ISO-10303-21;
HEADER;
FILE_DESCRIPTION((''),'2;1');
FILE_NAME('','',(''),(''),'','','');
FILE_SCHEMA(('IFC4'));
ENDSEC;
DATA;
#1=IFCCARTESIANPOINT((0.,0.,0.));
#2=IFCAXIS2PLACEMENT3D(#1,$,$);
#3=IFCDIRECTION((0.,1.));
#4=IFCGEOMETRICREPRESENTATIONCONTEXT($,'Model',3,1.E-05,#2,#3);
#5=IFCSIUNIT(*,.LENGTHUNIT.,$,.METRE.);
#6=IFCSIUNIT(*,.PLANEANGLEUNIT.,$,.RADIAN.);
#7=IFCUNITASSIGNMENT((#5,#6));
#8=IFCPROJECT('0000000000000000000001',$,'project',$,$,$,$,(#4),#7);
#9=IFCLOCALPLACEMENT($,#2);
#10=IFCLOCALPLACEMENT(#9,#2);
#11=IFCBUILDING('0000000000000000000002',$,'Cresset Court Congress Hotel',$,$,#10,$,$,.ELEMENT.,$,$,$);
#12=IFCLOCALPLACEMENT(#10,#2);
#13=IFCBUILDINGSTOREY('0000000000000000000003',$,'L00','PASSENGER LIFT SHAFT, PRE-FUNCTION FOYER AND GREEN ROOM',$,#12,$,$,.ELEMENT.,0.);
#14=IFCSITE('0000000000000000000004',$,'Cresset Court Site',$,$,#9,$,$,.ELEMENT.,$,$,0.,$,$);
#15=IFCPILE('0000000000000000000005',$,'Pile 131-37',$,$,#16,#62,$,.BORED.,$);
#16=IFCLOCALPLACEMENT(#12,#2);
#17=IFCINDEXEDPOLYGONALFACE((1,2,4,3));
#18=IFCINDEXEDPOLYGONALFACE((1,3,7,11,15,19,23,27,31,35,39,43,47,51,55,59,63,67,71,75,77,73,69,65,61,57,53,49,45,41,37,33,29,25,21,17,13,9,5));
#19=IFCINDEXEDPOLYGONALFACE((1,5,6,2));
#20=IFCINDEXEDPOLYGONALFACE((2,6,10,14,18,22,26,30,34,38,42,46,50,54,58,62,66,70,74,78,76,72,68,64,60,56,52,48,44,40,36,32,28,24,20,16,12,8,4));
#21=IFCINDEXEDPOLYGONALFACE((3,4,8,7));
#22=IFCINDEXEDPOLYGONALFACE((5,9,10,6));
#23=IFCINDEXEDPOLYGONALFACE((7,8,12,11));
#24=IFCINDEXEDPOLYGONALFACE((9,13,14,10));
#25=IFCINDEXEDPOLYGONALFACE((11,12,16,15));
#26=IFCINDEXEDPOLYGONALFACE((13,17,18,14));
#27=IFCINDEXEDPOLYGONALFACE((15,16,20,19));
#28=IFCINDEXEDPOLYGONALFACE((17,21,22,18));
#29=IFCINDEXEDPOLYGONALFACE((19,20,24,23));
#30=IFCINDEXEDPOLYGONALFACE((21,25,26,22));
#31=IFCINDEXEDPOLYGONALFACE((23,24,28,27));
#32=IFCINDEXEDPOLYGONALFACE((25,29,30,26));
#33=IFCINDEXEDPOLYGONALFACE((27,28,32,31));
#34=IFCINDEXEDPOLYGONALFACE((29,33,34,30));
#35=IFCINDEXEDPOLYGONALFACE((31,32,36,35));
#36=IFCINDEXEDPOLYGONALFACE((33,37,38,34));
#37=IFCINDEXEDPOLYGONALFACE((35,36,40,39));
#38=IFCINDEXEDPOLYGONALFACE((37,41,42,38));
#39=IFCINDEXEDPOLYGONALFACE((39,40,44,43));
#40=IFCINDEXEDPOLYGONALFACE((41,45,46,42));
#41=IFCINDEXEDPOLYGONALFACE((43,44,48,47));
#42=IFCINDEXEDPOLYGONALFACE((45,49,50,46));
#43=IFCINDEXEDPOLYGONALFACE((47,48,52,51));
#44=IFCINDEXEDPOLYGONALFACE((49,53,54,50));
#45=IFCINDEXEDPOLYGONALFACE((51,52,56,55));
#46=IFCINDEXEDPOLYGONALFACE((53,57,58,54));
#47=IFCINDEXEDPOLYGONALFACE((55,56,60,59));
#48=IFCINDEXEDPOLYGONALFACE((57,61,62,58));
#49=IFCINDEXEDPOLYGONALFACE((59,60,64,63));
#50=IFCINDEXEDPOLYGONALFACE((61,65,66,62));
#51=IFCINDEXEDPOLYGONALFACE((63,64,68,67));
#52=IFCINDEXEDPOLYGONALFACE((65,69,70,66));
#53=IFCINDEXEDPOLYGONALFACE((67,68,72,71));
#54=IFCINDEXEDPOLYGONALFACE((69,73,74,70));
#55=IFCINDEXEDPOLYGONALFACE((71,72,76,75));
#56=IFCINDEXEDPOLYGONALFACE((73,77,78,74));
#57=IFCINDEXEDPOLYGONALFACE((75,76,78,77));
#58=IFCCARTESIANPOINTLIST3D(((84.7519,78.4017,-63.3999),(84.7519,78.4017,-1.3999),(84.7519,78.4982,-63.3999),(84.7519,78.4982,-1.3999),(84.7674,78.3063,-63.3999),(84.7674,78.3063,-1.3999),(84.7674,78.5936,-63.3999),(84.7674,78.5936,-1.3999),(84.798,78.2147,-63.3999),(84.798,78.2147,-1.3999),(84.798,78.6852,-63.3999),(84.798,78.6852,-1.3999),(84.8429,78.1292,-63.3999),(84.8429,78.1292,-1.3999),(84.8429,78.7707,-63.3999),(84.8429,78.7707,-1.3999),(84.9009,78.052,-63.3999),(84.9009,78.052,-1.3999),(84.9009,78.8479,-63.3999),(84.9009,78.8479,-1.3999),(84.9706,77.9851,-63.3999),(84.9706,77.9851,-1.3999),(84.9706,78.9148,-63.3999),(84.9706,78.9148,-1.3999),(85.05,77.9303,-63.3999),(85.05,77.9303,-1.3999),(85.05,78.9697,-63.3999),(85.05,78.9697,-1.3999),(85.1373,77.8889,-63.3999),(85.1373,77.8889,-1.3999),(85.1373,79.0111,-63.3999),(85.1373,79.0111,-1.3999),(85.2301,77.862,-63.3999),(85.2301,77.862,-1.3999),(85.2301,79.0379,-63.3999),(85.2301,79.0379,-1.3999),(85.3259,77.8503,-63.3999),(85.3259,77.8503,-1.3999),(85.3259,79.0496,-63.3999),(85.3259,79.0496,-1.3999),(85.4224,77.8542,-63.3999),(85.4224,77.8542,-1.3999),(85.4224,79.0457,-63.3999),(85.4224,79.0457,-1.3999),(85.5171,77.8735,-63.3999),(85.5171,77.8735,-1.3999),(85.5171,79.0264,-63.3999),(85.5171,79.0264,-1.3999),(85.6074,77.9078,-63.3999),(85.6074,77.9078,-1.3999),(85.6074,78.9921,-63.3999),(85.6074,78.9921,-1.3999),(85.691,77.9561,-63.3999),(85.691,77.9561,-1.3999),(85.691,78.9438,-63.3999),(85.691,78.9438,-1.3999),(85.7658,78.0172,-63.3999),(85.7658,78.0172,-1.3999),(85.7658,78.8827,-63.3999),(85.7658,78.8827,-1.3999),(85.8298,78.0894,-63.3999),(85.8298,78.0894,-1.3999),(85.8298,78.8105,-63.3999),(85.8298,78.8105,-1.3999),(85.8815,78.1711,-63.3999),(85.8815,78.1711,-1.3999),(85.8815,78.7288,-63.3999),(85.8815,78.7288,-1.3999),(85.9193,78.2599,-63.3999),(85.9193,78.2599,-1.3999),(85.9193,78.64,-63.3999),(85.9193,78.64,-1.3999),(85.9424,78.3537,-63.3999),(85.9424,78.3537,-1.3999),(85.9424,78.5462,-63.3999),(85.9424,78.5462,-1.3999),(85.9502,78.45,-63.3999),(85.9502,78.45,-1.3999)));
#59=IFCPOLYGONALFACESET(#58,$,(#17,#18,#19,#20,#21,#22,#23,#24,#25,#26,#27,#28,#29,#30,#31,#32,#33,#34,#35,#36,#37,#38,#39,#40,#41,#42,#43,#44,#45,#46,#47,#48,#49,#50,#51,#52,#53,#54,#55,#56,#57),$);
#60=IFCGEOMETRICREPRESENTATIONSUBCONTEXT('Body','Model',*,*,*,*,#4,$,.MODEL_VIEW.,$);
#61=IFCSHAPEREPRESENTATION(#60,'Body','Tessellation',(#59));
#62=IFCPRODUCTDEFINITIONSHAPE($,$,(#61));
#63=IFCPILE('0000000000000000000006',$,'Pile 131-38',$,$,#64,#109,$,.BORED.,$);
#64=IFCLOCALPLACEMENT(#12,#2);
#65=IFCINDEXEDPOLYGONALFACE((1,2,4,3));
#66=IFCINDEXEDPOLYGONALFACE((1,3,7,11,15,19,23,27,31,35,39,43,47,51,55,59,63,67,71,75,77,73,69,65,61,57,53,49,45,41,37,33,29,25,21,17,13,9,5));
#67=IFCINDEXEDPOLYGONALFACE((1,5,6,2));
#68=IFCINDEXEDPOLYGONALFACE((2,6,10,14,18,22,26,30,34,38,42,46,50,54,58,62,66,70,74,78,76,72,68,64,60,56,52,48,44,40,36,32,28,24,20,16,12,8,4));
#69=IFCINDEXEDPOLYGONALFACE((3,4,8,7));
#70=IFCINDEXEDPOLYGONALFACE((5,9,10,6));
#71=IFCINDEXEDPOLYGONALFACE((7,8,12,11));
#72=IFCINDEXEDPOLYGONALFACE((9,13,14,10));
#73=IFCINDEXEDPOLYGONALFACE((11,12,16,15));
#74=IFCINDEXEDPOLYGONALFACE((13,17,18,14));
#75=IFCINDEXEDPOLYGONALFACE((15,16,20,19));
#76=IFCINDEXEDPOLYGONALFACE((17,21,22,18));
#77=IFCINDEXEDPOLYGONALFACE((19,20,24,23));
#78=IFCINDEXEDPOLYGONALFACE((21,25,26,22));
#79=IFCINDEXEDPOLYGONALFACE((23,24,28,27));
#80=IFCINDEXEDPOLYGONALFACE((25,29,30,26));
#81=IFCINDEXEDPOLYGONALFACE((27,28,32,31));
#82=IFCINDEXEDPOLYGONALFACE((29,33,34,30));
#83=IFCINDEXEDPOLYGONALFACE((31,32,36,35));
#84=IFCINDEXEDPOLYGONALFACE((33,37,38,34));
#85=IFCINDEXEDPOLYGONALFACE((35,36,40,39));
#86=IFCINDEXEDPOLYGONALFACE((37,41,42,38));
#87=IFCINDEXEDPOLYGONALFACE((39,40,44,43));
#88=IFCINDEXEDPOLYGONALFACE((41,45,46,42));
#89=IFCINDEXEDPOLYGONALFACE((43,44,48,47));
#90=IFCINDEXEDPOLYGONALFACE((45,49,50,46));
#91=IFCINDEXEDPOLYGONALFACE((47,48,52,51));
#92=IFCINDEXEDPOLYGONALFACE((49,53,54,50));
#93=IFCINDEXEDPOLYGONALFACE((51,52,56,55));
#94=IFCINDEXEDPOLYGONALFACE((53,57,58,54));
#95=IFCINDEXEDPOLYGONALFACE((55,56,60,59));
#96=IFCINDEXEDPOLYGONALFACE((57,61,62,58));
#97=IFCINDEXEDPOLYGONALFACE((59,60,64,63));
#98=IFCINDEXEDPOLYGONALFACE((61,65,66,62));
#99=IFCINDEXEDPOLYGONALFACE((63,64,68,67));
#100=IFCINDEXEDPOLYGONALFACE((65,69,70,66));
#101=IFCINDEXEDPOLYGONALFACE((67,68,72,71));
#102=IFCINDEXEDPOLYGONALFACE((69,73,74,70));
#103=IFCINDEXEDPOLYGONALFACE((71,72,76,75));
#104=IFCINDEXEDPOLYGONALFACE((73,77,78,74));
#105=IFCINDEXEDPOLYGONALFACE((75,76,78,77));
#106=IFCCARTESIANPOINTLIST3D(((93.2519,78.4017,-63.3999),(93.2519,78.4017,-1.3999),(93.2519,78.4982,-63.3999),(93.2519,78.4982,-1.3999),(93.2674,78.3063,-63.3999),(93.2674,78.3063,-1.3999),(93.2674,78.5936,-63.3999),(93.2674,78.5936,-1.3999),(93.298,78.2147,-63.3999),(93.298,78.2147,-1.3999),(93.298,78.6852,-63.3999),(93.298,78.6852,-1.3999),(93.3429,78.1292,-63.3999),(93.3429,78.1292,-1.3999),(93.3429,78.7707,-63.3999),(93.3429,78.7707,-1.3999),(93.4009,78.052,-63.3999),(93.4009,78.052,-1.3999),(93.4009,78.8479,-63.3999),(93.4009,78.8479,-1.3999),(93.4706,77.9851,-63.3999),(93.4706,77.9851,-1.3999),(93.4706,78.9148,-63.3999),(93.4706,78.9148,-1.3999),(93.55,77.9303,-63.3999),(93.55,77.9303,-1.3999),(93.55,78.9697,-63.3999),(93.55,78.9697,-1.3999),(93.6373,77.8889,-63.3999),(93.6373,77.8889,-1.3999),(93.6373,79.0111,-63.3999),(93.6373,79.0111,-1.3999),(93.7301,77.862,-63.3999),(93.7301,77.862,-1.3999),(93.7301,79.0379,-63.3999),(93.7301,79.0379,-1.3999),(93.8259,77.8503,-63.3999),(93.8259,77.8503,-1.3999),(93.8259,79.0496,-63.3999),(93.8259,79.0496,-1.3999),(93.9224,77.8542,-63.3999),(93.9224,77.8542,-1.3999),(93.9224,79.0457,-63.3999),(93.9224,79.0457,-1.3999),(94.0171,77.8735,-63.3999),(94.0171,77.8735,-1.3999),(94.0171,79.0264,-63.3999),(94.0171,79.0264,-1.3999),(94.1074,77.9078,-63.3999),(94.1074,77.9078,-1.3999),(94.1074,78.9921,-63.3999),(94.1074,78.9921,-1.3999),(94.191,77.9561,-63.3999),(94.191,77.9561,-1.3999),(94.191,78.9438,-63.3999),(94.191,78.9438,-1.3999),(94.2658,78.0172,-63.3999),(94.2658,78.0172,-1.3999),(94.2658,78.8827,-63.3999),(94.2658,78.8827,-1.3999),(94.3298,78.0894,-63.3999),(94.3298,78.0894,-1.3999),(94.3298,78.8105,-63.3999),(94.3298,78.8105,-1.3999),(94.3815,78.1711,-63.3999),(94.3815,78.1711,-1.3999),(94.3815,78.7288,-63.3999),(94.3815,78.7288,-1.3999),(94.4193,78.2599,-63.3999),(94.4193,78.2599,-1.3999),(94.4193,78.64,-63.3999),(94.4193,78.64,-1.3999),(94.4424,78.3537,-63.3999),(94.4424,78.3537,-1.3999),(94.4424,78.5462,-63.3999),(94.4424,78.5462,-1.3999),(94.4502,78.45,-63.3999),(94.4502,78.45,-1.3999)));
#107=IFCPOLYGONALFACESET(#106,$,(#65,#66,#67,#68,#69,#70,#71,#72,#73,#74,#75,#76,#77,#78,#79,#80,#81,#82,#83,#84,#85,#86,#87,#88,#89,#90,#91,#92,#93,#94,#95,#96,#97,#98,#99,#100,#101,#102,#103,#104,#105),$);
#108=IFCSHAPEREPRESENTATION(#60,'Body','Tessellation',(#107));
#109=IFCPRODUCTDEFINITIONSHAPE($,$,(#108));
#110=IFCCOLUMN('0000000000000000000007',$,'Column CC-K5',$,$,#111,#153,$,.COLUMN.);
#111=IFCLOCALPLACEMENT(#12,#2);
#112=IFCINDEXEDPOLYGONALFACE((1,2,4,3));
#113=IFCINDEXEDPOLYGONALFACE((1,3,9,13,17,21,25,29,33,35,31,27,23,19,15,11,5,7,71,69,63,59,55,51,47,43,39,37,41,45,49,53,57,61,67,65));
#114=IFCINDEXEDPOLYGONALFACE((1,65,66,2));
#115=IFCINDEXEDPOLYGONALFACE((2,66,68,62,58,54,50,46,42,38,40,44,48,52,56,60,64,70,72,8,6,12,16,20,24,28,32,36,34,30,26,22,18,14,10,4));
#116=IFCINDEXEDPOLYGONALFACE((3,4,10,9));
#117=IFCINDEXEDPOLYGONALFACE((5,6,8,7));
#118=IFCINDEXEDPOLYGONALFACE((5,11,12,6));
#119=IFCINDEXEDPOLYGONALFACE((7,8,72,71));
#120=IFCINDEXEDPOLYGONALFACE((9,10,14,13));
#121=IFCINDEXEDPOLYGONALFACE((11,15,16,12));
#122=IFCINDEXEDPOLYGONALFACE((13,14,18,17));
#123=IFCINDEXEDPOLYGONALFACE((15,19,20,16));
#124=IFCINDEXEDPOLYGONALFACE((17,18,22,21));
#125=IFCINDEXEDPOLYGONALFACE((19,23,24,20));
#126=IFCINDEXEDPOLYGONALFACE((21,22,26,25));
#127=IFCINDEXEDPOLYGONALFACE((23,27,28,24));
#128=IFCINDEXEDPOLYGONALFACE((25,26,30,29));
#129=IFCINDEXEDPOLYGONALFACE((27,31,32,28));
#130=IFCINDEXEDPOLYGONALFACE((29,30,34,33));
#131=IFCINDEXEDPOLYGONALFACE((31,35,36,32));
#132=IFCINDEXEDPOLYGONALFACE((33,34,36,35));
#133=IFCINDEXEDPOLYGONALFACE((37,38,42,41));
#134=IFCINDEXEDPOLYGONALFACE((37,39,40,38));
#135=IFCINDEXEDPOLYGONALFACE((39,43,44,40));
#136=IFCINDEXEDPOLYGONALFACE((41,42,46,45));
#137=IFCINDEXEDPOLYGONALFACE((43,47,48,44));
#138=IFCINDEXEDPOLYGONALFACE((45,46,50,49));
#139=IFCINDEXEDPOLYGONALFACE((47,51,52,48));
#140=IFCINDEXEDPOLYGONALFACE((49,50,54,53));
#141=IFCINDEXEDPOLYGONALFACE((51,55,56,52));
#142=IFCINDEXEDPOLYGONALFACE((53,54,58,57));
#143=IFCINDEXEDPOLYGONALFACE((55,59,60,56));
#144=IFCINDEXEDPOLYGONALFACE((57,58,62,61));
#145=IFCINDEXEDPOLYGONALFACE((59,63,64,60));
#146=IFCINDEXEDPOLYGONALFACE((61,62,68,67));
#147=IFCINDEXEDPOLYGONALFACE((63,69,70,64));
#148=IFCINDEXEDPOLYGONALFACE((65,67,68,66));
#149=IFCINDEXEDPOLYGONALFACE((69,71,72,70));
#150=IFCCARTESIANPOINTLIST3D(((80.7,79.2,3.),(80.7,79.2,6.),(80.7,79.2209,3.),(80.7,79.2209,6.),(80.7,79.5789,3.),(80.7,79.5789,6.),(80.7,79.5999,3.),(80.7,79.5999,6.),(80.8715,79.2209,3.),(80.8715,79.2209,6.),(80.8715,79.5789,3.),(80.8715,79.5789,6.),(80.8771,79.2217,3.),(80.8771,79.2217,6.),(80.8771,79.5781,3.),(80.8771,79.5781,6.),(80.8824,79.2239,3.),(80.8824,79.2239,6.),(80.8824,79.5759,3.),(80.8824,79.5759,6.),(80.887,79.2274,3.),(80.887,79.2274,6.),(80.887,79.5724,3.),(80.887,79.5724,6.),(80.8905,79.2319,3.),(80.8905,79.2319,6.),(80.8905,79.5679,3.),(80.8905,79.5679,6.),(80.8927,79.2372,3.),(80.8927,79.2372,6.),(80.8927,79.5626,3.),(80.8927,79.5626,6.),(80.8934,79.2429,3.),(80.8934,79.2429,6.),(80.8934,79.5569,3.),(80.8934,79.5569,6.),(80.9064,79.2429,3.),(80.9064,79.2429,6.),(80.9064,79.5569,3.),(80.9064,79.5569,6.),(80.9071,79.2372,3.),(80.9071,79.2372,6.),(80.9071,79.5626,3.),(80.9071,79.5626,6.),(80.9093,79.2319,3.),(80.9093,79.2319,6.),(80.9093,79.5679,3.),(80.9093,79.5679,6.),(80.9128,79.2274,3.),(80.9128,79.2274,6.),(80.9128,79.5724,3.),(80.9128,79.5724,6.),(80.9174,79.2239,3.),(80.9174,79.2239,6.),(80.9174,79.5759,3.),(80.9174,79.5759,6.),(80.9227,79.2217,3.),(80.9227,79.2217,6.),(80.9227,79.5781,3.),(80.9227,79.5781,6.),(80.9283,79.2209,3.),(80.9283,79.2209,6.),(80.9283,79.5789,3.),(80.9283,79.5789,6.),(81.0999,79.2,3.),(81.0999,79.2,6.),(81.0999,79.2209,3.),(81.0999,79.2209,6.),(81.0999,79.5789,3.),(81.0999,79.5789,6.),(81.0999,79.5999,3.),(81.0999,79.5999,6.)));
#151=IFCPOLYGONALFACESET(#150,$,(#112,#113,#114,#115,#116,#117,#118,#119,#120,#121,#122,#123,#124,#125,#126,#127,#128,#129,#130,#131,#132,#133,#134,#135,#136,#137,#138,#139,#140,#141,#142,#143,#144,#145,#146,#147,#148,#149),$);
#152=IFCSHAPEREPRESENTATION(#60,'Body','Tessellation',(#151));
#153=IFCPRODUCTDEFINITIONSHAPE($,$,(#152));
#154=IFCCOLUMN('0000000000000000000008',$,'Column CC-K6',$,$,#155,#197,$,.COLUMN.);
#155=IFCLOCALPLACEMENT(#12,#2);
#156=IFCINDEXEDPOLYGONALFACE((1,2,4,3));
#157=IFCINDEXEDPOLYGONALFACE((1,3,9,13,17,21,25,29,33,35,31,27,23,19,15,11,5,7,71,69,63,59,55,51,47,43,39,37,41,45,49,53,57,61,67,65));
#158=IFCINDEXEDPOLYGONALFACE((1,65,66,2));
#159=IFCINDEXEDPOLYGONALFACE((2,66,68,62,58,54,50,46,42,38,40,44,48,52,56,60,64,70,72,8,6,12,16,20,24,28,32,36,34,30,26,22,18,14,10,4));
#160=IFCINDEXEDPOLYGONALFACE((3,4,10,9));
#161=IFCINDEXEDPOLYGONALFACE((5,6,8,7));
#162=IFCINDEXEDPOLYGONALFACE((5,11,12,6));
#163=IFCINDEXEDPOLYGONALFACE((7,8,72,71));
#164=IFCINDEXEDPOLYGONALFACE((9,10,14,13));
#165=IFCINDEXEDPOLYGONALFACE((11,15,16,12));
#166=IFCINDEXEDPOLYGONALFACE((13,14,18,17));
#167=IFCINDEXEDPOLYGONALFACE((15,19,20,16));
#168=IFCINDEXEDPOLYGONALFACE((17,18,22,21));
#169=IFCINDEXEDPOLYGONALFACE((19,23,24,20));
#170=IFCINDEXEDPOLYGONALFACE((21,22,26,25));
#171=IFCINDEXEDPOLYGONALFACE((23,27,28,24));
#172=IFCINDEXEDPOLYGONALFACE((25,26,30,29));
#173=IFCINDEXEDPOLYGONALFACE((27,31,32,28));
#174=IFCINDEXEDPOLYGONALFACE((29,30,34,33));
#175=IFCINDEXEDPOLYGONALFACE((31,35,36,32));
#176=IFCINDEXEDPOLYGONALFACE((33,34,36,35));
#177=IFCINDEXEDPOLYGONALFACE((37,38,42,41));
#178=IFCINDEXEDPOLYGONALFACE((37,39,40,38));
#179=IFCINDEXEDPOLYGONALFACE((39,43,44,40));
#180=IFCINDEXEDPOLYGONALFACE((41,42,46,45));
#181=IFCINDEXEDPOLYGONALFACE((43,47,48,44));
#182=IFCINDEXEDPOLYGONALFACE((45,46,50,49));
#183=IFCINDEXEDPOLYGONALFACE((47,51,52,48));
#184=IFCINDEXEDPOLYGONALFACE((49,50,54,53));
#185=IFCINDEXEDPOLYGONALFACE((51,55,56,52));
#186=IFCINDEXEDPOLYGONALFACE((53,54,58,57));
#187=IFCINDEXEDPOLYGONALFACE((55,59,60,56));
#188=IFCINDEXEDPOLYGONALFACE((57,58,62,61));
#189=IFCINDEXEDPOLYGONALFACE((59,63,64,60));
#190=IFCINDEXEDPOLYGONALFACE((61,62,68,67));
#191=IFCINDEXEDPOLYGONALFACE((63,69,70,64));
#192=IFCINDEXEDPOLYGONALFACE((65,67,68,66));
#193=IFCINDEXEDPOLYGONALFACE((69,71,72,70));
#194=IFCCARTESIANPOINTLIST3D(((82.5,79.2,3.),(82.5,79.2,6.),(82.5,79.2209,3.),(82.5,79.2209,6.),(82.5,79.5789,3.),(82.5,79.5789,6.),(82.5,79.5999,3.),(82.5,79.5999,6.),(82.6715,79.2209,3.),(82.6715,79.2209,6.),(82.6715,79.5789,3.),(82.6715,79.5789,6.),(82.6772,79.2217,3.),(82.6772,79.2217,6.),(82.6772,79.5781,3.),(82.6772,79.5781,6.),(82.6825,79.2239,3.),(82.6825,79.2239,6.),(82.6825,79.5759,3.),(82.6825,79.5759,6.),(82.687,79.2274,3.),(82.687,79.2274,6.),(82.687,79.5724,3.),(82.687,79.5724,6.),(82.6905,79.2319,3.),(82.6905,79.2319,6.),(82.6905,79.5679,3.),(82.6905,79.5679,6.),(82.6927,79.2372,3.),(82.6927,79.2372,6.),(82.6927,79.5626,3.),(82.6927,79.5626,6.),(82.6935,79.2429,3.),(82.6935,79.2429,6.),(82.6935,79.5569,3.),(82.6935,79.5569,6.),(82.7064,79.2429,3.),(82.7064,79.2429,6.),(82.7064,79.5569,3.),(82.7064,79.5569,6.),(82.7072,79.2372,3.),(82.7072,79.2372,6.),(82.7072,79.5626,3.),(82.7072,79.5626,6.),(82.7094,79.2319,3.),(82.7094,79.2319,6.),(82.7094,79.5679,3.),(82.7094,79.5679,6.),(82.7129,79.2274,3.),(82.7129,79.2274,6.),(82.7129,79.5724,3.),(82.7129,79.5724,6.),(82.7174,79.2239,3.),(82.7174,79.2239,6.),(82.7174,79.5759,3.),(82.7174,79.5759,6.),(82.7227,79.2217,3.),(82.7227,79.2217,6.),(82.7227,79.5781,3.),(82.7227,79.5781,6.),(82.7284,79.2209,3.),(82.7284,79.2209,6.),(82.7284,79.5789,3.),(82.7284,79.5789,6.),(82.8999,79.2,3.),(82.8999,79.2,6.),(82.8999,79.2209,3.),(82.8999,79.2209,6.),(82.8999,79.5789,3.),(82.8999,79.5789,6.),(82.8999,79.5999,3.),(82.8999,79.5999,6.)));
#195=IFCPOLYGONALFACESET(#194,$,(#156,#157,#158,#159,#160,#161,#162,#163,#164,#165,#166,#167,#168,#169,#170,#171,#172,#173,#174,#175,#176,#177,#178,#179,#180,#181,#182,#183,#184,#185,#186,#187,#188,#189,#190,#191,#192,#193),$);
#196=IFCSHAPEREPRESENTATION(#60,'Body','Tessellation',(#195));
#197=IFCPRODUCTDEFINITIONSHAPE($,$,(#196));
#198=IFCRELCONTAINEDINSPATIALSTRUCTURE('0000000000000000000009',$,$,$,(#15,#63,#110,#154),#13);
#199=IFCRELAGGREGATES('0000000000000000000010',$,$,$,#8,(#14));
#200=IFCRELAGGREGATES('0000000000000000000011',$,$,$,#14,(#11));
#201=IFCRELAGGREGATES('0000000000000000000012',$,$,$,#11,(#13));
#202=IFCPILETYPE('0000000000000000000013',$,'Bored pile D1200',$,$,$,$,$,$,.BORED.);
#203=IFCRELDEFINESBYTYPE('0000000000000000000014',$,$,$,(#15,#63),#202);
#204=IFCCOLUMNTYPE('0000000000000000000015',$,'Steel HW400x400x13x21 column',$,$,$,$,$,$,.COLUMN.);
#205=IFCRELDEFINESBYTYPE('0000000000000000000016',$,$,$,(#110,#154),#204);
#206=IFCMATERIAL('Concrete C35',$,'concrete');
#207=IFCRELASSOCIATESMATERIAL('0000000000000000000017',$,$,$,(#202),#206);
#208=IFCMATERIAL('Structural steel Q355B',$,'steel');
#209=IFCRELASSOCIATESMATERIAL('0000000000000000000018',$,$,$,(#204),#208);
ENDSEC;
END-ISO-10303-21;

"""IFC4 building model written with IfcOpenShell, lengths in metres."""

from ifc_helpers import new_model, si_unit, direction, frame, origin, origin_2d, place, context, subcontext, project, spatial, circle, i_section, extrude, material, material_profile, profile_set, type_object, element, save


model = new_model("IFC4")

# Units and contexts
model_context = context("Model", 3, precision=1e-05, world=origin(), true_north=direction((0.0, 1.0)))
body_context = subcontext(model_context, "Body", "Model", "MODEL_VIEW")
ifc_project = project(units=[si_unit("LENGTHUNIT", "METRE"), si_unit("PLANEANGLEUNIT", "RADIAN")], contexts=[model_context])

# Site, building, storey
site_placement = place(None, origin())
site = spatial("IfcSite", under=ifc_project, at=site_placement, Name="Cresset Court Site", CompositionType="ELEMENT", RefElevation=0.0)
building_placement = place(site_placement, origin())
building = spatial("IfcBuilding", under=site, at=building_placement, Name="Cresset Court Congress Hotel", CompositionType="ELEMENT")
storey_placement = place(building_placement, origin())
storey = spatial("IfcBuildingStorey", under=building, at=storey_placement, Name="L00", Description="PASSENGER LIFT SHAFT, PRE-FUNCTION FOYER AND GREEN ROOM", CompositionType="ELEMENT", Elevation=0.0)

# Piles
ifc_material_1 = material(Name="Concrete C35", Category="concrete")
pile_type = type_object("IfcPileType", Name="Bored pile D1200", PredefinedType="BORED", material=ifc_material_1)
for number, where, z_axis, x_axis, name in (
    (1, (85.3501, 78.45, -1.3999), (0.0, 0.0, -1.0), (1.0, 0.0, 0.0), "Pile 131-37"),
    (2, (93.8501, 78.45, -1.3999), (0.0, 0.0, -1.0), (1.0, 0.0, 0.0), "Pile 131-38"),
):
    element("IfcPile", number, at=place(storey_placement, frame(where, z_axis=z_axis, x_axis=x_axis)), inside=storey, type_object=pile_type, Name=name, PredefinedType="BORED", context=body_context, shape_type="SweptSolid", body=[
        extrude(circle(Radius=0.6001, at=origin_2d()), origin(), (0.0, 0.0, 1.0), 62.0),
    ])

# Columns
ifc_material_2 = material(Name="Structural steel Q355B", Category="steel")
ifc_material_profile = material_profile(ifc_material_2, i_section(OverallWidth=0.3999, OverallDepth=0.3999, WebThickness=0.0129, FlangeThickness=0.021, FilletRadius=0.022, at=origin_2d()), Name="HW400x400x13x21")
ifc_profile_set = profile_set([ifc_material_profile], Name="Structural steel Q355B")
column_type = type_object("IfcColumnType", Name="Steel HW400x400x13x21 column", PredefinedType="COLUMN", material=ifc_profile_set)
for number, where, z_axis, x_axis, name in (
    (3, (80.8999, 79.3999, 3.0), (0.0, 0.0, 1.0), (1.0, 0.0, 0.0), "Column CC-K5"),
    (4, (82.7, 79.3999, 3.0), (0.0, 0.0, 1.0), (1.0, 0.0, 0.0), "Column CC-K6"),
):
    element("IfcColumn", number, at=place(storey_placement, frame(where, z_axis=z_axis, x_axis=x_axis)), inside=storey, type_object=column_type, Name=name, PredefinedType="COLUMN", context=body_context, shape_type="SweptSolid", body=[
        extrude(i_section(OverallWidth=0.3999, OverallDepth=0.3999, WebThickness=0.0129, FlangeThickness=0.021, FilletRadius=0.022, at=origin_2d()), origin(), (0.0, 0.0, 1.0), 3.0),
    ])

save(model, "model.ifc")
